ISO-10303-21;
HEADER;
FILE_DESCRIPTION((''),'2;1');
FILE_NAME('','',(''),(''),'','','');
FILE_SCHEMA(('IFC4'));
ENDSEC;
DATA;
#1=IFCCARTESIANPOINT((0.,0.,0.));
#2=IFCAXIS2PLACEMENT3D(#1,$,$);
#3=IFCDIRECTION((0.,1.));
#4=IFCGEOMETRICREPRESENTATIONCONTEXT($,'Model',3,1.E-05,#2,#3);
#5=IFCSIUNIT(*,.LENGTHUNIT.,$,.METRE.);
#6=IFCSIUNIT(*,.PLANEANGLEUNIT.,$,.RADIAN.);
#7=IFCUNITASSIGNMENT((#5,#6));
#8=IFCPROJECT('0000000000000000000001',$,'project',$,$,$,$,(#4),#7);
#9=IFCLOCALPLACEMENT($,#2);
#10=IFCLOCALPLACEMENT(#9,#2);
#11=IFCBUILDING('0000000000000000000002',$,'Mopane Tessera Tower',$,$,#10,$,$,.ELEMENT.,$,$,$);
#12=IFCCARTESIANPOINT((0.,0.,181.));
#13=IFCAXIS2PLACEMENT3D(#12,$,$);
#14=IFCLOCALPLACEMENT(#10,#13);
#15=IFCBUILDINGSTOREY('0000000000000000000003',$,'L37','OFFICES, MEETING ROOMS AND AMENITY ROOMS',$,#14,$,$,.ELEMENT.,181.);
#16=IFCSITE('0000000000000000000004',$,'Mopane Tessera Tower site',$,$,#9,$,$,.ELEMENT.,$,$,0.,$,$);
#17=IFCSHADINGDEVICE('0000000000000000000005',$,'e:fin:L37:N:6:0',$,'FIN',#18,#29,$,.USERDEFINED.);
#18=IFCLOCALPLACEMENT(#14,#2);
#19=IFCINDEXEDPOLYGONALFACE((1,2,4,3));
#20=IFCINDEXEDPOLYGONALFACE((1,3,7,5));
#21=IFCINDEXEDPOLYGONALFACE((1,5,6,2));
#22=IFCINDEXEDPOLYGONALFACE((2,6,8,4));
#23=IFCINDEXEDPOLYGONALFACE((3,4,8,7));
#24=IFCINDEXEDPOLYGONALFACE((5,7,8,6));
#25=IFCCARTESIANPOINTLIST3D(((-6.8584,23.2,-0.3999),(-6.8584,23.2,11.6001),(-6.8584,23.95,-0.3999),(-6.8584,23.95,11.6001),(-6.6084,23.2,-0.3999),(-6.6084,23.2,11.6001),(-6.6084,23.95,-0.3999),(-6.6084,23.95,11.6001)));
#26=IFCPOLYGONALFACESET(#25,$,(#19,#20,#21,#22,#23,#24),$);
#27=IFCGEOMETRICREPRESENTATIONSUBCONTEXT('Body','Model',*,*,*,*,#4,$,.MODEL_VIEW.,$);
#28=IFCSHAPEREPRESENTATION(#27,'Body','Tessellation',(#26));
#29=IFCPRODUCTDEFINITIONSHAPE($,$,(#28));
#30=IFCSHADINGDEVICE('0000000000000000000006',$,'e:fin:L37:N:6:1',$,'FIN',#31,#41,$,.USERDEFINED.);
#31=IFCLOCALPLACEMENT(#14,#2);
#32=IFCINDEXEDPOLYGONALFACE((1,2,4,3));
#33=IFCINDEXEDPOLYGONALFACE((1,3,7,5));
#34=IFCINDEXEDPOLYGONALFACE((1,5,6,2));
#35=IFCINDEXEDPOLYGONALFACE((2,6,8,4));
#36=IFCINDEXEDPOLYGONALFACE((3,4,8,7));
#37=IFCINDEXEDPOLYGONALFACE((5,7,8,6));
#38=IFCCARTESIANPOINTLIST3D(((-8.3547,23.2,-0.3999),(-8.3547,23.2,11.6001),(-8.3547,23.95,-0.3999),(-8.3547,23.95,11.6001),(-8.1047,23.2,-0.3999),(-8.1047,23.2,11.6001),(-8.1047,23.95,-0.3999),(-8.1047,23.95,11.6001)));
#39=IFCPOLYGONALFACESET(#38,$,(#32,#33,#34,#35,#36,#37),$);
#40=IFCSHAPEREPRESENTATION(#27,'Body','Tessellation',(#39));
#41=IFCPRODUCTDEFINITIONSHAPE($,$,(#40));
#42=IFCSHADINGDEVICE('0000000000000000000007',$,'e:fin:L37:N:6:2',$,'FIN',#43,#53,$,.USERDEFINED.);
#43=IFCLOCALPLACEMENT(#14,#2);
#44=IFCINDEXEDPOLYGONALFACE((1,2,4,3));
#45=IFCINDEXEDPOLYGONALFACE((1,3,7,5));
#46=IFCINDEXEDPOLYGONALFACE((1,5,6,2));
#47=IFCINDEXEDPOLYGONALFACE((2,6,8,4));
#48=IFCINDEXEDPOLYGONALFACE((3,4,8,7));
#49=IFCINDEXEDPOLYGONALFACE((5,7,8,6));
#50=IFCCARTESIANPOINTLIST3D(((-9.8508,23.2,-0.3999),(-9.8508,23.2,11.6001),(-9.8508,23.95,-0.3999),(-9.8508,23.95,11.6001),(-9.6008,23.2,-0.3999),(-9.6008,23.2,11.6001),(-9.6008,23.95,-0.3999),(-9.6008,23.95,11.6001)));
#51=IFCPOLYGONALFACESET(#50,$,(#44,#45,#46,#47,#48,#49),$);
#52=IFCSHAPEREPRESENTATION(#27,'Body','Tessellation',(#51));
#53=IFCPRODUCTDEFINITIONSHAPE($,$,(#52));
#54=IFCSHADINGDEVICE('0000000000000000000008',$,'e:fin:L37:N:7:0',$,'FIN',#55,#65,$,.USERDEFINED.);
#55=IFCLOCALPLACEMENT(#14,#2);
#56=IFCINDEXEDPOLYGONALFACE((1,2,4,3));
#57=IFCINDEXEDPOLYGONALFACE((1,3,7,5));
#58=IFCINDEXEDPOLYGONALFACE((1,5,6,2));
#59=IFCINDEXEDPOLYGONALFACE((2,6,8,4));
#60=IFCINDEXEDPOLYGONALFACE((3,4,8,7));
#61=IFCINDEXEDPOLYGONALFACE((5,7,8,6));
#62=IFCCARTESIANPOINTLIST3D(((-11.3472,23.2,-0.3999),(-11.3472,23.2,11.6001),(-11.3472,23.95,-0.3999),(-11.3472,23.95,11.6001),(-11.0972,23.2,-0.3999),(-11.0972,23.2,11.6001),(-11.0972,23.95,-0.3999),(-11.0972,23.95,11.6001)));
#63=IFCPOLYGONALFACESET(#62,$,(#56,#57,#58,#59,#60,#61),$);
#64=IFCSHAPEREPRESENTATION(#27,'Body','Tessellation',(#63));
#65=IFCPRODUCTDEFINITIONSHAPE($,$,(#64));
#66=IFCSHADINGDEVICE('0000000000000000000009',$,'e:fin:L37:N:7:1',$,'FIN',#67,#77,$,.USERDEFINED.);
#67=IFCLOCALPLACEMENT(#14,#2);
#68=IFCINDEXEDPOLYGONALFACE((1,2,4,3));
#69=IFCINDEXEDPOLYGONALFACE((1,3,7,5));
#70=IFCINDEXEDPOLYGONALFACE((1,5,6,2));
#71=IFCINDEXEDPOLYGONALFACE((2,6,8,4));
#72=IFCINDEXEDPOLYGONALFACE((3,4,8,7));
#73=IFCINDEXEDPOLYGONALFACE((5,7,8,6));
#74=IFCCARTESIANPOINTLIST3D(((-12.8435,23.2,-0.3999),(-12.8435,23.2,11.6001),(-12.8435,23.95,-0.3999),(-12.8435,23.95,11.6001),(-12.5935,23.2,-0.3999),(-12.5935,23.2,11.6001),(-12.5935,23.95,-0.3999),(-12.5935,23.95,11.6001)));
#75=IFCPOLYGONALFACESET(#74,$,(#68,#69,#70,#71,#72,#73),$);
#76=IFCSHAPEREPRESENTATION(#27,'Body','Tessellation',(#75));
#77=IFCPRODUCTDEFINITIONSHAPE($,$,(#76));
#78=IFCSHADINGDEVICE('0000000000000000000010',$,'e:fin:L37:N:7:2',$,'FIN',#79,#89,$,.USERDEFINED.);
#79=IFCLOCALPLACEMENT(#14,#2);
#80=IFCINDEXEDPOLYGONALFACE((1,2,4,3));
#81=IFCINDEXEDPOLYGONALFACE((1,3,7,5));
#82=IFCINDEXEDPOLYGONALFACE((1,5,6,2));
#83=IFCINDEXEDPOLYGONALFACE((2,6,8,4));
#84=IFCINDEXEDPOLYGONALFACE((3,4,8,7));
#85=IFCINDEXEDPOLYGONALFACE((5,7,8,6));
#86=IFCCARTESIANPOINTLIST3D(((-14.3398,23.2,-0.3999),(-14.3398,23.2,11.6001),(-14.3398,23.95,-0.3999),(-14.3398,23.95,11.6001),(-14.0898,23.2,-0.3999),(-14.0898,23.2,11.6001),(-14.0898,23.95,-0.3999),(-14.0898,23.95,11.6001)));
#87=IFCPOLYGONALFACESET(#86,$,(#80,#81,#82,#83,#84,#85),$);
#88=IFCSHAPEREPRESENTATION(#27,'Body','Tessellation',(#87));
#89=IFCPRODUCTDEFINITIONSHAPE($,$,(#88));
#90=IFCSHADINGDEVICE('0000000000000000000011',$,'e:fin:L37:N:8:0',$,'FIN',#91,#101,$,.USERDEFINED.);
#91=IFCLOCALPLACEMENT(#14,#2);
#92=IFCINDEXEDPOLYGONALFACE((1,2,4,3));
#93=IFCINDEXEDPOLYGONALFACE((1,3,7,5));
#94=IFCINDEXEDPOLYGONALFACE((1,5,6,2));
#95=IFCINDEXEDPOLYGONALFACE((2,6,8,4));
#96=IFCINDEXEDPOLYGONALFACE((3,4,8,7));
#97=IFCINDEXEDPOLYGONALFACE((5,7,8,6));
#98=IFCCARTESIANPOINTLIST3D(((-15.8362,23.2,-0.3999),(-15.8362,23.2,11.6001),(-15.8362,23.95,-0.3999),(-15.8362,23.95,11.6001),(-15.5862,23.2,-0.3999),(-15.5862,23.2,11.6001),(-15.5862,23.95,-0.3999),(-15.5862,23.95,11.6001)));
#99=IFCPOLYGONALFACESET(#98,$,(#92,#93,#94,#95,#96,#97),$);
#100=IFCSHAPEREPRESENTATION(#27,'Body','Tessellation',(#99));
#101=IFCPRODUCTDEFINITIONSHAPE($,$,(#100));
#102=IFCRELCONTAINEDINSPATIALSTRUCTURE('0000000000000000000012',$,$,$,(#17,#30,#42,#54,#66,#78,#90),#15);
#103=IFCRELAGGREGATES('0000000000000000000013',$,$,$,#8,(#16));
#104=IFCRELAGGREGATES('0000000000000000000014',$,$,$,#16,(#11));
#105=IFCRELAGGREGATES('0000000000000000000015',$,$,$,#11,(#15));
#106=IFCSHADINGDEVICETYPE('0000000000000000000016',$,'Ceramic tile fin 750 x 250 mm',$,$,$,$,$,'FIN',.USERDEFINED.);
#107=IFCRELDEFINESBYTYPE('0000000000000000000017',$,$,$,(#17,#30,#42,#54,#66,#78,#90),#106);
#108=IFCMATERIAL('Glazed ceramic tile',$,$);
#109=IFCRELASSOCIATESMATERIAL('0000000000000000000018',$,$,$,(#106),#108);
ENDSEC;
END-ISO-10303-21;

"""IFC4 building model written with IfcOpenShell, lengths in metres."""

from ifc_helpers import new_model, si_unit, direction, frame, origin, origin_2d, place, context, subcontext, project, spatial, rectangle, extrude, material, type_object, element, save


model = new_model("IFC4")

# Units and contexts
model_context = context("Model", 3, precision=1e-05, world=origin(), true_north=direction((0.0, 1.0)))
body_context = subcontext(model_context, "Body", "Model", "MODEL_VIEW")
ifc_project = project(units=[si_unit("LENGTHUNIT", "METRE"), si_unit("PLANEANGLEUNIT", "RADIAN")], contexts=[model_context])

# Site, building, storey
site_placement = place(None, origin())
site = spatial("IfcSite", under=ifc_project, at=site_placement, Name="Mopane Tessera Tower site", CompositionType="ELEMENT", RefElevation=0.0)
building_placement = place(site_placement, origin())
building = spatial("IfcBuilding", under=site, at=building_placement, Name="Mopane Tessera Tower", CompositionType="ELEMENT")
storey_placement = place(building_placement, frame((0.0, 0.0, 181.0)))
storey = spatial("IfcBuildingStorey", under=building, at=storey_placement, Name="L37", Description="OFFICES, MEETING ROOMS AND AMENITY ROOMS", CompositionType="ELEMENT", Elevation=181.0)

# Shading devices
ifc_material_1 = material(Name="Glazed ceramic tile")
shading_device_type = type_object("IfcShadingDeviceType", Name="Ceramic tile fin 750 x 250 mm", ElementType="FIN", PredefinedType="USERDEFINED", material=ifc_material_1)
for number, where, z_axis, x_axis, name in (
    (1, (-6.7334, 23.575, -0.3999), (0.0, 0.0, 1.0), (-1.0, 0.0, 0.0), "e:fin:L37:N:6:0"),
    (2, (-8.2297, 23.575, -0.3999), (0.0, 0.0, 1.0), (-1.0, 0.0, 0.0), "e:fin:L37:N:6:1"),
    (3, (-9.7258, 23.575, -0.3999), (0.0, 0.0, 1.0), (-1.0, 0.0, 0.0), "e:fin:L37:N:6:2"),
    (4, (-11.2222, 23.575, -0.3999), (0.0, 0.0, 1.0), (-1.0, 0.0, 0.0), "e:fin:L37:N:7:0"),
    (5, (-12.7185, 23.575, -0.3999), (0.0, 0.0, 1.0), (-1.0, 0.0, 0.0), "e:fin:L37:N:7:1"),
    (6, (-14.2148, 23.575, -0.3999), (0.0, 0.0, 1.0), (-1.0, 0.0, 0.0), "e:fin:L37:N:7:2"),
    (7, (-15.7112, 23.575, -0.3999), (0.0, 0.0, 1.0), (-1.0, 0.0, 0.0), "e:fin:L37:N:8:0"),
):
    element("IfcShadingDevice", number, at=place(storey_placement, frame(where, z_axis=z_axis, x_axis=x_axis)), inside=storey, type_object=shading_device_type, Name=name, ObjectType="FIN", PredefinedType="USERDEFINED", context=body_context, shape_type="SweptSolid", body=[
        extrude(rectangle(XDim=0.25, YDim=0.75, at=origin_2d()), origin(), (0.0, 0.0, 1.0), 12.0),
    ])

save(model, "model.ifc")
